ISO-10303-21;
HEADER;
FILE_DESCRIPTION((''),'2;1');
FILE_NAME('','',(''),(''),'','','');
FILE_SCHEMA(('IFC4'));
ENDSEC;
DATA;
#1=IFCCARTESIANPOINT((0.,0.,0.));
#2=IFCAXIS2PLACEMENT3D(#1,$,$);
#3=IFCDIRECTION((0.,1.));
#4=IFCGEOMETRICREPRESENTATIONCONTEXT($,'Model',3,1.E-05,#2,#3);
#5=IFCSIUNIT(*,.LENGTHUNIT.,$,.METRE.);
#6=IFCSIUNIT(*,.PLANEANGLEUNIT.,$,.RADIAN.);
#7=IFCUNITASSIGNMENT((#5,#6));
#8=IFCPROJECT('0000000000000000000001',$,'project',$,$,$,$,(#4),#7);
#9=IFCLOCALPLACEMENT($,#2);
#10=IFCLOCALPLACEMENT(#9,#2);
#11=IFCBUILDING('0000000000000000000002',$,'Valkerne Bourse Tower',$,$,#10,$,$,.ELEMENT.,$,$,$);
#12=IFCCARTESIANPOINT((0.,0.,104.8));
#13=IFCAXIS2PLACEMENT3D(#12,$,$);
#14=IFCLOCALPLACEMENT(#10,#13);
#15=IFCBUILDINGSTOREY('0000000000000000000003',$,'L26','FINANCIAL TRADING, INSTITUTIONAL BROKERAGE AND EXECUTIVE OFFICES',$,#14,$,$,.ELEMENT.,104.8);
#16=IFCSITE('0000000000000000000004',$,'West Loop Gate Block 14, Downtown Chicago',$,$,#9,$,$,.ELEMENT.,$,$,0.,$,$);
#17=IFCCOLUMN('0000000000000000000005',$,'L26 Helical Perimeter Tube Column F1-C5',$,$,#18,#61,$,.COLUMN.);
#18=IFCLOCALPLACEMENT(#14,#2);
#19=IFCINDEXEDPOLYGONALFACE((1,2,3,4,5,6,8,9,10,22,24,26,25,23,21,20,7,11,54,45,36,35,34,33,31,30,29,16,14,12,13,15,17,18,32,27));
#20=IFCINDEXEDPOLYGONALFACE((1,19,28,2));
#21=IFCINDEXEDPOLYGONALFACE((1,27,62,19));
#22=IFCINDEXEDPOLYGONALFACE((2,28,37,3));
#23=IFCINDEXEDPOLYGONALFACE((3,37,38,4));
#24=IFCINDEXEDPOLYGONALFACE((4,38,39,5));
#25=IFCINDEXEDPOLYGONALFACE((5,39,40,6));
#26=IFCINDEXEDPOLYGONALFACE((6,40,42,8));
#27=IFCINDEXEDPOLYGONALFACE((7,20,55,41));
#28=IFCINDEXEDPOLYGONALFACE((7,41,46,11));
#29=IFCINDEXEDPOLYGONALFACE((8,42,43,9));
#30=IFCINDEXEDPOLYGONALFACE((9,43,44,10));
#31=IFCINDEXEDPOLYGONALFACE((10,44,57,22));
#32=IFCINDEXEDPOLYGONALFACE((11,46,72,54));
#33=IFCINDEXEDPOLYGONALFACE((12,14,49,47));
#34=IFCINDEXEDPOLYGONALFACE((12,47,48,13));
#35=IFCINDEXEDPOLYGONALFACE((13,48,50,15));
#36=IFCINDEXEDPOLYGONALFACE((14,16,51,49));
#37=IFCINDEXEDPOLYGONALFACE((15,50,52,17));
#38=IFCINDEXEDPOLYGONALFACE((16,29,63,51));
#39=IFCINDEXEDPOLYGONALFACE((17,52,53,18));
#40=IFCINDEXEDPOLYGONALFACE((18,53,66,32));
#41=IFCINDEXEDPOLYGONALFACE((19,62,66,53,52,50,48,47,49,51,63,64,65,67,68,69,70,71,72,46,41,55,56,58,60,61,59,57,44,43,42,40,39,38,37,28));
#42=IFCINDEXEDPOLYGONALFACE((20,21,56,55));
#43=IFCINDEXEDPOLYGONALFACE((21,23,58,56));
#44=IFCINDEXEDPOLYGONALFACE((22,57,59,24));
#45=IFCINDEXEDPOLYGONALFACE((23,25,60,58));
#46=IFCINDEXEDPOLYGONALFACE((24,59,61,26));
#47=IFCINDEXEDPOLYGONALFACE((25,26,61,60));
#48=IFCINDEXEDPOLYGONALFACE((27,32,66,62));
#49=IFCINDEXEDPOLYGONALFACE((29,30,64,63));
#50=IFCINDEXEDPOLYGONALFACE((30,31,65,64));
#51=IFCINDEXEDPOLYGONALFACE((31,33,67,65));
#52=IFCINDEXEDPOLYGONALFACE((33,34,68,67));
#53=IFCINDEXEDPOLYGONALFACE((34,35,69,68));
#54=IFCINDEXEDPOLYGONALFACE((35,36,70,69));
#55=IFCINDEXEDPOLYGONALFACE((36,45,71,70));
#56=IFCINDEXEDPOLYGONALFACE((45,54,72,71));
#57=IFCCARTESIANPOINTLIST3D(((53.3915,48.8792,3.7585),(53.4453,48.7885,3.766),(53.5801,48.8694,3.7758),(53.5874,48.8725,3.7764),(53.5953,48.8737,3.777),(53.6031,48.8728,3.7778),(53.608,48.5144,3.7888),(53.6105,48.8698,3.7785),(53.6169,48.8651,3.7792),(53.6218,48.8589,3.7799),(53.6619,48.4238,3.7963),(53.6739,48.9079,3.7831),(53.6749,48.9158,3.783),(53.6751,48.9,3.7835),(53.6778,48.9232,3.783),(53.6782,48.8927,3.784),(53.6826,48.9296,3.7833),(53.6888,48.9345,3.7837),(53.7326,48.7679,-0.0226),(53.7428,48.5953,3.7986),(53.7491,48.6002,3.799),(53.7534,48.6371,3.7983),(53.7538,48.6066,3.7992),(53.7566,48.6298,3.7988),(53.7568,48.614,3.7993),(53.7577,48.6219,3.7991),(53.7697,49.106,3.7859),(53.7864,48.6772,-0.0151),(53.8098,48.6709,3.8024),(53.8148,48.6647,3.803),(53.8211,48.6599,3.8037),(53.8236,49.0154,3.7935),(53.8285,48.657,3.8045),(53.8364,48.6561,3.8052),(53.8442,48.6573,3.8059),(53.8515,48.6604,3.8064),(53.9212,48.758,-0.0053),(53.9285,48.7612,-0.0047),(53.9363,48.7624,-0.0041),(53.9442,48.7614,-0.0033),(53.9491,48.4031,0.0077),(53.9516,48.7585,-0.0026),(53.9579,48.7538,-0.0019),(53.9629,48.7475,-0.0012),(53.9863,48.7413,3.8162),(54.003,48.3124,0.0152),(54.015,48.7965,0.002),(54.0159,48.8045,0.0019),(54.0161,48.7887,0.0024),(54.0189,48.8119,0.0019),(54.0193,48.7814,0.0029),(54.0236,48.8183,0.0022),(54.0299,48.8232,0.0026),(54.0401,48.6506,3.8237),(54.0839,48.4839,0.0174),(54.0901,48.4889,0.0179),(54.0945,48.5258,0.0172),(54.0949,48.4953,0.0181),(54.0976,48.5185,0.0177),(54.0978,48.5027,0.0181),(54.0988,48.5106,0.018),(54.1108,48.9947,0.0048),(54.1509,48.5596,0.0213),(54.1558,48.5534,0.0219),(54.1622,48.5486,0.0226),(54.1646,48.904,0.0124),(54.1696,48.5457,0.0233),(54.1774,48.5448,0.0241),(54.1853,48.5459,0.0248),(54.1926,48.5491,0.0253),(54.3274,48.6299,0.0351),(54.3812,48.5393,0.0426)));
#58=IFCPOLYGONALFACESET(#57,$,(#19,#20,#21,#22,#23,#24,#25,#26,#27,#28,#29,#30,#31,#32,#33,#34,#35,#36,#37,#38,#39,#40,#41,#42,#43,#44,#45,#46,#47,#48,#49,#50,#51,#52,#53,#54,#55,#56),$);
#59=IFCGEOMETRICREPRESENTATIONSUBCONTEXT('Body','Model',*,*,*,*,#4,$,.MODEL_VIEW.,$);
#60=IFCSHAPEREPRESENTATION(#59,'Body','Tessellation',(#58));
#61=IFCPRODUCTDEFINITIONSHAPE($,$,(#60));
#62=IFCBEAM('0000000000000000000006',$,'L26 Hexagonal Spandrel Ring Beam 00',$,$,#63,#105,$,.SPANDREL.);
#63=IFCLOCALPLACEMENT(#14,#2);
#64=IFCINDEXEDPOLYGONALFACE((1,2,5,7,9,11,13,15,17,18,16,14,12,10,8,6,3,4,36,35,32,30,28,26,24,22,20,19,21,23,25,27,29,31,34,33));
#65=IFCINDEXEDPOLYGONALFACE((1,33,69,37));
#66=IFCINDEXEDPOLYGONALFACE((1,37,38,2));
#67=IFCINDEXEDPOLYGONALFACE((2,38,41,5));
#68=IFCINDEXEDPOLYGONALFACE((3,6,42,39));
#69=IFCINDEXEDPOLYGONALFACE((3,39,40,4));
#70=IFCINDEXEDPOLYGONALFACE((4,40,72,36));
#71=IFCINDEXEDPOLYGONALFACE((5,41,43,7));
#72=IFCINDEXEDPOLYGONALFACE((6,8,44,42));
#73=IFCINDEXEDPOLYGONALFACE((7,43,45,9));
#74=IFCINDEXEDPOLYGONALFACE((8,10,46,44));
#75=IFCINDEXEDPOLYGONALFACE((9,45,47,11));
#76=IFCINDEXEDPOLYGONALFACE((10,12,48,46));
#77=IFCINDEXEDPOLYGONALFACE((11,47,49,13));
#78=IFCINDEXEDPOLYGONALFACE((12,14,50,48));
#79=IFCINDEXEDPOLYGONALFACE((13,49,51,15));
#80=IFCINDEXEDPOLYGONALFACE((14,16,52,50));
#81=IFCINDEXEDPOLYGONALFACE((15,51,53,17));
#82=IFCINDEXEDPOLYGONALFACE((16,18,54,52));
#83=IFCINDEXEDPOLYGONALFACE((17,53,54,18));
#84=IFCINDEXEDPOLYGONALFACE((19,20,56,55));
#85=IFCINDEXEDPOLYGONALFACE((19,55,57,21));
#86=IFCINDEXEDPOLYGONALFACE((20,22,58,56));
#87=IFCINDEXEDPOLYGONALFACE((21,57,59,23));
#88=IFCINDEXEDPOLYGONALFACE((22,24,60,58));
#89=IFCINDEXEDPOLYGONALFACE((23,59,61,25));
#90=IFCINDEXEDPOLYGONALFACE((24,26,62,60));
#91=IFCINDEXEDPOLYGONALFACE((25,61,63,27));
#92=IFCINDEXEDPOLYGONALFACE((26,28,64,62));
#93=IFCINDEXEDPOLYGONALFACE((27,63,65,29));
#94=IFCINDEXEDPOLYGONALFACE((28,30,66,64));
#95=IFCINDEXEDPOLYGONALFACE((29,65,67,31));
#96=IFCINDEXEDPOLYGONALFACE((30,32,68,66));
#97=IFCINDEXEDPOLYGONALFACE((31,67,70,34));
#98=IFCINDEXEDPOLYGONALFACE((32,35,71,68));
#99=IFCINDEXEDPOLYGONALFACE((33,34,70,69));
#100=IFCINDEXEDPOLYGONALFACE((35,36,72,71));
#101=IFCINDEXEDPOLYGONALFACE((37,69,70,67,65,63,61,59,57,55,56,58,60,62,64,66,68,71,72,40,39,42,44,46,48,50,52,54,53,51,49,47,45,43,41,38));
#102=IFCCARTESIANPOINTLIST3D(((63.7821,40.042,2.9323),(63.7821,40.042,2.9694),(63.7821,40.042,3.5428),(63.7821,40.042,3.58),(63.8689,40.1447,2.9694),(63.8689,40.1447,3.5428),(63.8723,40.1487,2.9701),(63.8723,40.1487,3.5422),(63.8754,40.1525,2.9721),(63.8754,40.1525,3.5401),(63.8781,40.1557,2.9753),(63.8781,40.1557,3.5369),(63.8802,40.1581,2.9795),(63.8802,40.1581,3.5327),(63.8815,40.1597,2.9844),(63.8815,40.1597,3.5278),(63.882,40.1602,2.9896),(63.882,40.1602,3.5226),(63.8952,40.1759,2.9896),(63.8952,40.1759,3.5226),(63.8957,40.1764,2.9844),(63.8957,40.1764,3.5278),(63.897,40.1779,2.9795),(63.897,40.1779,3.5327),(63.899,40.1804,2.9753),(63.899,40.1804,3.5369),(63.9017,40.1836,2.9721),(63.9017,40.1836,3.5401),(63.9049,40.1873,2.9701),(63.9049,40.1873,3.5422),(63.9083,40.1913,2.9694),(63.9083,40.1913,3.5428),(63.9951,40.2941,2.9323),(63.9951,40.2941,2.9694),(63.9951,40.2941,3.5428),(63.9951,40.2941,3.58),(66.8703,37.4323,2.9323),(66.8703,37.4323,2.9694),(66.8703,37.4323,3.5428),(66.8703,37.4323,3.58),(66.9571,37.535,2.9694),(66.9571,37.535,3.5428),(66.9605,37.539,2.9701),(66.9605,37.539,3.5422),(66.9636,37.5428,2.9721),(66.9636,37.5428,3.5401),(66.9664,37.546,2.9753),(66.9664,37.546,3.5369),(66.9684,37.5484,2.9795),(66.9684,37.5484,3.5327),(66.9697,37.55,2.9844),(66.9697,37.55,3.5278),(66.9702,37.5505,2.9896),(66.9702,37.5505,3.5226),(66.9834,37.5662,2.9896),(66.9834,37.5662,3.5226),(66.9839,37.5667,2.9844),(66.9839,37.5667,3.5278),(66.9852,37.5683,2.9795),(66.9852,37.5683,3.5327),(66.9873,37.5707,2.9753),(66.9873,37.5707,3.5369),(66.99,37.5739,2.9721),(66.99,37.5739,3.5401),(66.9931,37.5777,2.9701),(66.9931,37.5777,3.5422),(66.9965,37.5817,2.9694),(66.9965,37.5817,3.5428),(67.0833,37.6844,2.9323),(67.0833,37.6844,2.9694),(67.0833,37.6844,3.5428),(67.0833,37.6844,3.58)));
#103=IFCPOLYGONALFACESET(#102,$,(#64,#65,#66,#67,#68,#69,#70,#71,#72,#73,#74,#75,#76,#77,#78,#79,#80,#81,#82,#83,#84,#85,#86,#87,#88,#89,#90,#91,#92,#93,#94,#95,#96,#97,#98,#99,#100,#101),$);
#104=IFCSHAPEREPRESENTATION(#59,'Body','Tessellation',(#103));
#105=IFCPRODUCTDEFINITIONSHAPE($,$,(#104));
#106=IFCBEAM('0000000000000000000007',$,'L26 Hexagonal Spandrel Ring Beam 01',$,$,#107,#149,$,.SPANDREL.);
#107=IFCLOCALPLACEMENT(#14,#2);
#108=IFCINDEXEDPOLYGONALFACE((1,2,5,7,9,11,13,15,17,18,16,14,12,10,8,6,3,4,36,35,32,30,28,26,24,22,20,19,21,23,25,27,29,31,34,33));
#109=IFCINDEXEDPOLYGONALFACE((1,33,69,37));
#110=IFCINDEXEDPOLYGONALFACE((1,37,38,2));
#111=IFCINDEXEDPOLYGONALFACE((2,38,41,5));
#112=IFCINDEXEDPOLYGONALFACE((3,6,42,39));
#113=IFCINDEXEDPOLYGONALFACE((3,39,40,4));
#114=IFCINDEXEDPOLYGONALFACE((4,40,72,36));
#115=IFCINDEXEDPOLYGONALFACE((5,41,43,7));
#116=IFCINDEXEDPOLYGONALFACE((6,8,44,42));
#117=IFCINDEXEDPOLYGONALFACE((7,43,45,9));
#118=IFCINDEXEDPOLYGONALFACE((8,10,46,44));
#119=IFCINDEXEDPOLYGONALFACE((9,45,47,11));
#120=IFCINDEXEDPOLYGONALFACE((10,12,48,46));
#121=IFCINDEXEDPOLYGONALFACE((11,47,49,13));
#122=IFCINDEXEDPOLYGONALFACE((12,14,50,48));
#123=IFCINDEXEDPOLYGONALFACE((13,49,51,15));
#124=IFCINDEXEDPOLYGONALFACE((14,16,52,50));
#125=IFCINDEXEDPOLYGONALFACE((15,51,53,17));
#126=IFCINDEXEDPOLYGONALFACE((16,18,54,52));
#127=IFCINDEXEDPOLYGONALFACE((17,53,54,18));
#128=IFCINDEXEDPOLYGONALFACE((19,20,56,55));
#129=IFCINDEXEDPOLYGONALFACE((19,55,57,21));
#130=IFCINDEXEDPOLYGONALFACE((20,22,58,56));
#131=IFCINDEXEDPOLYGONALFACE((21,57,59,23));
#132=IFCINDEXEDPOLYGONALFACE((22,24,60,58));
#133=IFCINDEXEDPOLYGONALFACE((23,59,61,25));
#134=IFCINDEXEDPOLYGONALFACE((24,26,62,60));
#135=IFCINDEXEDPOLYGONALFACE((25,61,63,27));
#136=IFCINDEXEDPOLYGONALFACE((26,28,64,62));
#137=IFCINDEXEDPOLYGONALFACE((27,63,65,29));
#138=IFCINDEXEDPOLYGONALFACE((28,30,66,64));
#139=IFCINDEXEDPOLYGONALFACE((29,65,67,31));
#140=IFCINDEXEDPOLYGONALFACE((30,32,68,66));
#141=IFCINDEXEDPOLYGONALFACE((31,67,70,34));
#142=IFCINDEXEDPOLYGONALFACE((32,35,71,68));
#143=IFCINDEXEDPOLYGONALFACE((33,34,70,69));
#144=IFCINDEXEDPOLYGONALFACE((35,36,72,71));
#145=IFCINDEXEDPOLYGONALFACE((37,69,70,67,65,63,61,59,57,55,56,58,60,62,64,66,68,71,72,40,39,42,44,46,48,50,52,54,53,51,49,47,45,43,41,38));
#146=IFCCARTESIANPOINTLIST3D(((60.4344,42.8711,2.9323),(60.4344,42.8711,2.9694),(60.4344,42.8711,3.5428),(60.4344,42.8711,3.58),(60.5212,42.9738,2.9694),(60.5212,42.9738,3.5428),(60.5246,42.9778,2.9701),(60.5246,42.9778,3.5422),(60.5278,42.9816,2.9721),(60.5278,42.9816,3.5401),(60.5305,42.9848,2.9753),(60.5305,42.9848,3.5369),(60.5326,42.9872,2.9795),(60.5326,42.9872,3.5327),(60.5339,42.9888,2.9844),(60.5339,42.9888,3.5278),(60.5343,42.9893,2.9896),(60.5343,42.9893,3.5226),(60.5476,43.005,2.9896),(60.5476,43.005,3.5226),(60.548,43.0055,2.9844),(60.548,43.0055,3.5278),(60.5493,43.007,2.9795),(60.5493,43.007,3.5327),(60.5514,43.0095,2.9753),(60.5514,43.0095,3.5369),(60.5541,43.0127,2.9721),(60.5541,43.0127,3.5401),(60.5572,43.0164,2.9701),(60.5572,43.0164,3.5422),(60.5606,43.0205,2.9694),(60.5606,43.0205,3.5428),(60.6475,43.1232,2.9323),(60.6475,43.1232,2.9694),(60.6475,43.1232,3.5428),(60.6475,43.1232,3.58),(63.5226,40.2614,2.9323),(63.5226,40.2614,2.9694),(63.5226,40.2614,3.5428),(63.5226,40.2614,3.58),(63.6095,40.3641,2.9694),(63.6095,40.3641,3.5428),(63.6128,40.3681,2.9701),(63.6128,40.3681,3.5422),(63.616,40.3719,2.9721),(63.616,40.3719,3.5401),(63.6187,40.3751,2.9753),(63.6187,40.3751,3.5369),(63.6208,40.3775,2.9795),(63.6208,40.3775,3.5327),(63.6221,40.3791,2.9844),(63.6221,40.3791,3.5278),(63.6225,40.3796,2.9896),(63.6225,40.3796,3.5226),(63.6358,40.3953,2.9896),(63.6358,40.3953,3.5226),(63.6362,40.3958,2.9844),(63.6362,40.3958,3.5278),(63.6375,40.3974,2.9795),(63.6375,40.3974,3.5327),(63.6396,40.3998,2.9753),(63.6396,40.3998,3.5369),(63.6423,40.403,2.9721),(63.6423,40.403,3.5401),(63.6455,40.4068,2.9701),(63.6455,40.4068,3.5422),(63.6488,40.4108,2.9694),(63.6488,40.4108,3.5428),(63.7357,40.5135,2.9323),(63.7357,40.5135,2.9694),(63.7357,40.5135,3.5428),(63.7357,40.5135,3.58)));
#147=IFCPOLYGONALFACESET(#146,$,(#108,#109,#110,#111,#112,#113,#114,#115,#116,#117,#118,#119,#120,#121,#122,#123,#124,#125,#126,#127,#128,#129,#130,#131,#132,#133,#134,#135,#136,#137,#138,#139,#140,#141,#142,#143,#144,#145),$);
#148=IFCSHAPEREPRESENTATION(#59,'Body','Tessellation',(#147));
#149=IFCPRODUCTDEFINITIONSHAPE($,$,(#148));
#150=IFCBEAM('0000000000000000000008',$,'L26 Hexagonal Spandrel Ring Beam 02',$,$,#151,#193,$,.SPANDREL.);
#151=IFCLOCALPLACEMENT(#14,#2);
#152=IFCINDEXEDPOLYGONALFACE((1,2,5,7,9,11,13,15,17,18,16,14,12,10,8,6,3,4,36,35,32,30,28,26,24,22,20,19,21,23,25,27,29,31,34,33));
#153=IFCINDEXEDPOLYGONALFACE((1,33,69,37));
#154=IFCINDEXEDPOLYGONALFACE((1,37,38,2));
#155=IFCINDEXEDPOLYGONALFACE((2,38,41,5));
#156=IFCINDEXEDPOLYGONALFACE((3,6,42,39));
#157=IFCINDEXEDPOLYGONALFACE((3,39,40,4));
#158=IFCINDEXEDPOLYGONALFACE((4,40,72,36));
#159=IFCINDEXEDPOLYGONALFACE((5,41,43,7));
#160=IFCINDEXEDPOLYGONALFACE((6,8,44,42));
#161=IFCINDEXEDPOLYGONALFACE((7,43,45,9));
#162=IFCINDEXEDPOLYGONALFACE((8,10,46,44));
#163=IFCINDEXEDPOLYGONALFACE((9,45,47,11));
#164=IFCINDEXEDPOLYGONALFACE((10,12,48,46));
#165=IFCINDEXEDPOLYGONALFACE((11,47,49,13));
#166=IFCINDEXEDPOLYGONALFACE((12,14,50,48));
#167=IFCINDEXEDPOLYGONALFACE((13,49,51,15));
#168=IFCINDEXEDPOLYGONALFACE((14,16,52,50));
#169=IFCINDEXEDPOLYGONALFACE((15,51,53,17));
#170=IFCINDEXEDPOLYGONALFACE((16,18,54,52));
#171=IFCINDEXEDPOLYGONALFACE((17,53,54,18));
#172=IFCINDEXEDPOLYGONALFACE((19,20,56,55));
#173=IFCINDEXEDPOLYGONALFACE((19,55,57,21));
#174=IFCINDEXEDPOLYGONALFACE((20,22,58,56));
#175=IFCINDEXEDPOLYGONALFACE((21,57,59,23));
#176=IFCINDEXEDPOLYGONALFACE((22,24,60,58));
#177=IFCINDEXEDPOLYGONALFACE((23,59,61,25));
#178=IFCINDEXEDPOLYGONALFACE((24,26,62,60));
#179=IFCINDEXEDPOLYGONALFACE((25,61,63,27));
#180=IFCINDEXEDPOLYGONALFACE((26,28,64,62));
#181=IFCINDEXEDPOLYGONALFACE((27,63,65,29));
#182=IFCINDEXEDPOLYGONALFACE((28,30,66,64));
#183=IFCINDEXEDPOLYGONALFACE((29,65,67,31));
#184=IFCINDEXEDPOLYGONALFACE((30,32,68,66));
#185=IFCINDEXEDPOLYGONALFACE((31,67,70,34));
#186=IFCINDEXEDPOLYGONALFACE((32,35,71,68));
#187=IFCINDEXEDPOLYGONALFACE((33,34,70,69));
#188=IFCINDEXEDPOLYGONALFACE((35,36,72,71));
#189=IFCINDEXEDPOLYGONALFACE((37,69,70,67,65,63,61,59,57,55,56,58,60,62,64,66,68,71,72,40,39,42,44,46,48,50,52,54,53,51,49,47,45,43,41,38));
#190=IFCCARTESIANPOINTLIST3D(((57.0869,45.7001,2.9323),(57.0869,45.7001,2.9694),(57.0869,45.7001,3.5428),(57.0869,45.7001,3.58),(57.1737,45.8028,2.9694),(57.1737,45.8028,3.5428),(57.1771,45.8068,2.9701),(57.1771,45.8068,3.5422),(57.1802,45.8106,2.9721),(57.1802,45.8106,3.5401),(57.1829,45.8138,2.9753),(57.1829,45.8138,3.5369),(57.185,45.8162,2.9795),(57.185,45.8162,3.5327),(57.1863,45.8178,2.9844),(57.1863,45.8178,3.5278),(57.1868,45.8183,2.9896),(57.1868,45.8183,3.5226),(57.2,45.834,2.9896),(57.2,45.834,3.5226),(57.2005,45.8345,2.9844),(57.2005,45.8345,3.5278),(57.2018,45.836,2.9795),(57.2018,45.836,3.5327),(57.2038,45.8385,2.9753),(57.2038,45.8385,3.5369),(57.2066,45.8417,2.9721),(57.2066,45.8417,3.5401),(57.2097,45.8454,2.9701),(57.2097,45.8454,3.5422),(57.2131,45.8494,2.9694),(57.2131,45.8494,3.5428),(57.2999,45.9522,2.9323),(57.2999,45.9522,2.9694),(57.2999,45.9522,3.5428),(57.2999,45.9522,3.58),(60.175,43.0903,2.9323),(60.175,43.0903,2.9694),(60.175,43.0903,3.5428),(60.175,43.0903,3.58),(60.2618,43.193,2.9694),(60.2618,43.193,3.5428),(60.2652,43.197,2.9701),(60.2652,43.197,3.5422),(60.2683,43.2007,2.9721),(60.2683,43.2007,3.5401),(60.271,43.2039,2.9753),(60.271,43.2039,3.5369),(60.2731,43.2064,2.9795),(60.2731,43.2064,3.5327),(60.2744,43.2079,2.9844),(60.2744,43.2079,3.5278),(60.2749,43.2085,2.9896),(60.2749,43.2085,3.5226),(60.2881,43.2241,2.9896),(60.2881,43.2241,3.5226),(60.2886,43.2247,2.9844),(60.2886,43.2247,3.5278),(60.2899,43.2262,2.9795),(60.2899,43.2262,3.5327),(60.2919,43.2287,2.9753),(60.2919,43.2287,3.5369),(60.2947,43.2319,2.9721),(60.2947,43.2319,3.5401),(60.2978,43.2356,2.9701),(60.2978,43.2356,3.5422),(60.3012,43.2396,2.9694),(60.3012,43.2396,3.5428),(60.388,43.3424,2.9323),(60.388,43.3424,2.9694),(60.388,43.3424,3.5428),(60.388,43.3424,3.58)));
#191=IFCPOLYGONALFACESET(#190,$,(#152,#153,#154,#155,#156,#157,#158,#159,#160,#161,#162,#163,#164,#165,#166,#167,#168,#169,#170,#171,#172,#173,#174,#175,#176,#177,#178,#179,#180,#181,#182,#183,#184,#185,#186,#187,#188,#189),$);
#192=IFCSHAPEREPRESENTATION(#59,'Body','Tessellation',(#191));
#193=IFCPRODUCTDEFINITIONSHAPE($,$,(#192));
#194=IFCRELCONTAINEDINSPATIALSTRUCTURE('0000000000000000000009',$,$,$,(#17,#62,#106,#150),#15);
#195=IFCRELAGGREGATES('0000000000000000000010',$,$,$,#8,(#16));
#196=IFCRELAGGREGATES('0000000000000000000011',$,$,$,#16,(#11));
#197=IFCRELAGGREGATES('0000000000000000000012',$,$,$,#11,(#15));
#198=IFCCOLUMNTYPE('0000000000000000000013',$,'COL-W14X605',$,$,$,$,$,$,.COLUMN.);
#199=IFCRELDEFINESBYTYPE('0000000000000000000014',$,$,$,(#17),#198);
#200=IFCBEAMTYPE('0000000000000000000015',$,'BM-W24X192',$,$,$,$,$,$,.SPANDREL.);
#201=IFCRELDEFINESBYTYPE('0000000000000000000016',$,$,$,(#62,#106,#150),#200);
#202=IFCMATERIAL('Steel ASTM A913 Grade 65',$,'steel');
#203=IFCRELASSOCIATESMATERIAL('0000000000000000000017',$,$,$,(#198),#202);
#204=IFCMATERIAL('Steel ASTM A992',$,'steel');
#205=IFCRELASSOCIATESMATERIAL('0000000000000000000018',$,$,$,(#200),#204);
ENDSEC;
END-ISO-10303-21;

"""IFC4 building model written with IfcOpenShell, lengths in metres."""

from ifc_helpers import new_model, si_unit, direction, frame, origin, origin_2d, place, context, subcontext, project, spatial, i_section, extrude, material, material_profile, profile_set, type_object, element, save


model = new_model("IFC4")

# Units and contexts
model_context = context("Model", 3, precision=1e-05, world=origin(), true_north=direction((0.0, 1.0)))
body_context = subcontext(model_context, "Body", "Model", "MODEL_VIEW")
ifc_project = project(units=[si_unit("LENGTHUNIT", "METRE"), si_unit("PLANEANGLEUNIT", "RADIAN")], contexts=[model_context])

# Site, building, storey
site_placement = place(None, origin())
site = spatial("IfcSite", under=ifc_project, at=site_placement, Name="West Loop Gate Block 14, Downtown Chicago", CompositionType="ELEMENT", RefElevation=0.0)
building_placement = place(site_placement, origin())
building = spatial("IfcBuilding", under=site, at=building_placement, Name="Valkerne Bourse Tower", CompositionType="ELEMENT")
storey_placement = place(building_placement, frame((0.0, 0.0, 104.8)))
storey = spatial("IfcBuildingStorey", under=building, at=storey_placement, Name="L26", Description="FINANCIAL TRADING, INSTITUTIONAL BROKERAGE AND EXECUTIVE OFFICES", CompositionType="ELEMENT", Elevation=104.8)

# Column
ifc_material_1 = material(Name="Steel ASTM A913 Grade 65", Category="steel")
ifc_material_profile_1 = material_profile(ifc_material_1, i_section(OverallWidth=0.4419, OverallDepth=0.531, WebThickness=0.0659, FlangeThickness=0.1057, FilletRadius=0.0305, at=origin_2d()), Name="W14X605")
ifc_profile_set_1 = profile_set([ifc_material_profile_1], Name="Steel ASTM A913 Grade 65")
column_type = type_object("IfcColumnType", Name="COL-W14X605", PredefinedType="COLUMN", material=ifc_profile_set_1)
column_1_placement = place(storey_placement, frame((54.0569, 48.6536, 0.01), z_axis=(-0.089801, 0.029312, 0.995528), x_axis=(0.855963, 0.513294, 0.062098)))
element("IfcColumn", 1, at=column_1_placement, inside=storey, type_object=column_type, Name="L26 Helical Perimeter Tube Column F1-C5", PredefinedType="COLUMN", context=body_context, shape_type="SweptSolid", body=[
    extrude(i_section(OverallWidth=0.4419, OverallDepth=0.531, WebThickness=0.0659, FlangeThickness=0.1057, FilletRadius=0.0305, at=origin_2d()), origin(), (0.0, 0.0, 1.0), 3.7981),
])

# Beams
ifc_material_2 = material(Name="Steel ASTM A992", Category="steel")
ifc_material_profile_2 = material_profile(ifc_material_2, i_section(OverallWidth=0.3301, OverallDepth=0.6477, WebThickness=0.0205, FlangeThickness=0.0371, FilletRadius=0.0203, at=origin_2d()), Name="W24X192")
ifc_profile_set_2 = profile_set([ifc_material_profile_2], Name="Steel ASTM A992")
beam_type = type_object("IfcBeamType", Name="BM-W24X192", PredefinedType="SPANDREL", material=ifc_profile_set_2)
for number, where, z_axis, x_axis, name in (
    (2, (66.9768, 37.5583, 3.2561), (-0.763803, 0.645449, 0.0), (-0.645449, -0.763803, 0.0), "L26 Hexagonal Spandrel Ring Beam 00"),
    (3, (63.6292, 40.3875, 3.2561), (-0.763803, 0.645449, 0.0), (-0.645449, -0.763803, 0.0), "L26 Hexagonal Spandrel Ring Beam 01"),
    (4, (60.2815, 43.2163, 3.2561), (-0.763773, 0.645485, 0.0), (-0.645485, -0.763773, 0.0), "L26 Hexagonal Spandrel Ring Beam 02"),
):
    element("IfcBeam", number, at=place(storey_placement, frame(where, z_axis=z_axis, x_axis=x_axis)), inside=storey, type_object=beam_type, Name=name, PredefinedType="SPANDREL", context=body_context, shape_type="SweptSolid", body=[
        extrude(i_section(OverallWidth=0.3301, OverallDepth=0.6477, WebThickness=0.0205, FlangeThickness=0.0371, FilletRadius=0.0203, at=origin_2d()), origin(), (0.0, 0.0, 1.0), 4.0432),
    ])

save(model, "model.ifc")
